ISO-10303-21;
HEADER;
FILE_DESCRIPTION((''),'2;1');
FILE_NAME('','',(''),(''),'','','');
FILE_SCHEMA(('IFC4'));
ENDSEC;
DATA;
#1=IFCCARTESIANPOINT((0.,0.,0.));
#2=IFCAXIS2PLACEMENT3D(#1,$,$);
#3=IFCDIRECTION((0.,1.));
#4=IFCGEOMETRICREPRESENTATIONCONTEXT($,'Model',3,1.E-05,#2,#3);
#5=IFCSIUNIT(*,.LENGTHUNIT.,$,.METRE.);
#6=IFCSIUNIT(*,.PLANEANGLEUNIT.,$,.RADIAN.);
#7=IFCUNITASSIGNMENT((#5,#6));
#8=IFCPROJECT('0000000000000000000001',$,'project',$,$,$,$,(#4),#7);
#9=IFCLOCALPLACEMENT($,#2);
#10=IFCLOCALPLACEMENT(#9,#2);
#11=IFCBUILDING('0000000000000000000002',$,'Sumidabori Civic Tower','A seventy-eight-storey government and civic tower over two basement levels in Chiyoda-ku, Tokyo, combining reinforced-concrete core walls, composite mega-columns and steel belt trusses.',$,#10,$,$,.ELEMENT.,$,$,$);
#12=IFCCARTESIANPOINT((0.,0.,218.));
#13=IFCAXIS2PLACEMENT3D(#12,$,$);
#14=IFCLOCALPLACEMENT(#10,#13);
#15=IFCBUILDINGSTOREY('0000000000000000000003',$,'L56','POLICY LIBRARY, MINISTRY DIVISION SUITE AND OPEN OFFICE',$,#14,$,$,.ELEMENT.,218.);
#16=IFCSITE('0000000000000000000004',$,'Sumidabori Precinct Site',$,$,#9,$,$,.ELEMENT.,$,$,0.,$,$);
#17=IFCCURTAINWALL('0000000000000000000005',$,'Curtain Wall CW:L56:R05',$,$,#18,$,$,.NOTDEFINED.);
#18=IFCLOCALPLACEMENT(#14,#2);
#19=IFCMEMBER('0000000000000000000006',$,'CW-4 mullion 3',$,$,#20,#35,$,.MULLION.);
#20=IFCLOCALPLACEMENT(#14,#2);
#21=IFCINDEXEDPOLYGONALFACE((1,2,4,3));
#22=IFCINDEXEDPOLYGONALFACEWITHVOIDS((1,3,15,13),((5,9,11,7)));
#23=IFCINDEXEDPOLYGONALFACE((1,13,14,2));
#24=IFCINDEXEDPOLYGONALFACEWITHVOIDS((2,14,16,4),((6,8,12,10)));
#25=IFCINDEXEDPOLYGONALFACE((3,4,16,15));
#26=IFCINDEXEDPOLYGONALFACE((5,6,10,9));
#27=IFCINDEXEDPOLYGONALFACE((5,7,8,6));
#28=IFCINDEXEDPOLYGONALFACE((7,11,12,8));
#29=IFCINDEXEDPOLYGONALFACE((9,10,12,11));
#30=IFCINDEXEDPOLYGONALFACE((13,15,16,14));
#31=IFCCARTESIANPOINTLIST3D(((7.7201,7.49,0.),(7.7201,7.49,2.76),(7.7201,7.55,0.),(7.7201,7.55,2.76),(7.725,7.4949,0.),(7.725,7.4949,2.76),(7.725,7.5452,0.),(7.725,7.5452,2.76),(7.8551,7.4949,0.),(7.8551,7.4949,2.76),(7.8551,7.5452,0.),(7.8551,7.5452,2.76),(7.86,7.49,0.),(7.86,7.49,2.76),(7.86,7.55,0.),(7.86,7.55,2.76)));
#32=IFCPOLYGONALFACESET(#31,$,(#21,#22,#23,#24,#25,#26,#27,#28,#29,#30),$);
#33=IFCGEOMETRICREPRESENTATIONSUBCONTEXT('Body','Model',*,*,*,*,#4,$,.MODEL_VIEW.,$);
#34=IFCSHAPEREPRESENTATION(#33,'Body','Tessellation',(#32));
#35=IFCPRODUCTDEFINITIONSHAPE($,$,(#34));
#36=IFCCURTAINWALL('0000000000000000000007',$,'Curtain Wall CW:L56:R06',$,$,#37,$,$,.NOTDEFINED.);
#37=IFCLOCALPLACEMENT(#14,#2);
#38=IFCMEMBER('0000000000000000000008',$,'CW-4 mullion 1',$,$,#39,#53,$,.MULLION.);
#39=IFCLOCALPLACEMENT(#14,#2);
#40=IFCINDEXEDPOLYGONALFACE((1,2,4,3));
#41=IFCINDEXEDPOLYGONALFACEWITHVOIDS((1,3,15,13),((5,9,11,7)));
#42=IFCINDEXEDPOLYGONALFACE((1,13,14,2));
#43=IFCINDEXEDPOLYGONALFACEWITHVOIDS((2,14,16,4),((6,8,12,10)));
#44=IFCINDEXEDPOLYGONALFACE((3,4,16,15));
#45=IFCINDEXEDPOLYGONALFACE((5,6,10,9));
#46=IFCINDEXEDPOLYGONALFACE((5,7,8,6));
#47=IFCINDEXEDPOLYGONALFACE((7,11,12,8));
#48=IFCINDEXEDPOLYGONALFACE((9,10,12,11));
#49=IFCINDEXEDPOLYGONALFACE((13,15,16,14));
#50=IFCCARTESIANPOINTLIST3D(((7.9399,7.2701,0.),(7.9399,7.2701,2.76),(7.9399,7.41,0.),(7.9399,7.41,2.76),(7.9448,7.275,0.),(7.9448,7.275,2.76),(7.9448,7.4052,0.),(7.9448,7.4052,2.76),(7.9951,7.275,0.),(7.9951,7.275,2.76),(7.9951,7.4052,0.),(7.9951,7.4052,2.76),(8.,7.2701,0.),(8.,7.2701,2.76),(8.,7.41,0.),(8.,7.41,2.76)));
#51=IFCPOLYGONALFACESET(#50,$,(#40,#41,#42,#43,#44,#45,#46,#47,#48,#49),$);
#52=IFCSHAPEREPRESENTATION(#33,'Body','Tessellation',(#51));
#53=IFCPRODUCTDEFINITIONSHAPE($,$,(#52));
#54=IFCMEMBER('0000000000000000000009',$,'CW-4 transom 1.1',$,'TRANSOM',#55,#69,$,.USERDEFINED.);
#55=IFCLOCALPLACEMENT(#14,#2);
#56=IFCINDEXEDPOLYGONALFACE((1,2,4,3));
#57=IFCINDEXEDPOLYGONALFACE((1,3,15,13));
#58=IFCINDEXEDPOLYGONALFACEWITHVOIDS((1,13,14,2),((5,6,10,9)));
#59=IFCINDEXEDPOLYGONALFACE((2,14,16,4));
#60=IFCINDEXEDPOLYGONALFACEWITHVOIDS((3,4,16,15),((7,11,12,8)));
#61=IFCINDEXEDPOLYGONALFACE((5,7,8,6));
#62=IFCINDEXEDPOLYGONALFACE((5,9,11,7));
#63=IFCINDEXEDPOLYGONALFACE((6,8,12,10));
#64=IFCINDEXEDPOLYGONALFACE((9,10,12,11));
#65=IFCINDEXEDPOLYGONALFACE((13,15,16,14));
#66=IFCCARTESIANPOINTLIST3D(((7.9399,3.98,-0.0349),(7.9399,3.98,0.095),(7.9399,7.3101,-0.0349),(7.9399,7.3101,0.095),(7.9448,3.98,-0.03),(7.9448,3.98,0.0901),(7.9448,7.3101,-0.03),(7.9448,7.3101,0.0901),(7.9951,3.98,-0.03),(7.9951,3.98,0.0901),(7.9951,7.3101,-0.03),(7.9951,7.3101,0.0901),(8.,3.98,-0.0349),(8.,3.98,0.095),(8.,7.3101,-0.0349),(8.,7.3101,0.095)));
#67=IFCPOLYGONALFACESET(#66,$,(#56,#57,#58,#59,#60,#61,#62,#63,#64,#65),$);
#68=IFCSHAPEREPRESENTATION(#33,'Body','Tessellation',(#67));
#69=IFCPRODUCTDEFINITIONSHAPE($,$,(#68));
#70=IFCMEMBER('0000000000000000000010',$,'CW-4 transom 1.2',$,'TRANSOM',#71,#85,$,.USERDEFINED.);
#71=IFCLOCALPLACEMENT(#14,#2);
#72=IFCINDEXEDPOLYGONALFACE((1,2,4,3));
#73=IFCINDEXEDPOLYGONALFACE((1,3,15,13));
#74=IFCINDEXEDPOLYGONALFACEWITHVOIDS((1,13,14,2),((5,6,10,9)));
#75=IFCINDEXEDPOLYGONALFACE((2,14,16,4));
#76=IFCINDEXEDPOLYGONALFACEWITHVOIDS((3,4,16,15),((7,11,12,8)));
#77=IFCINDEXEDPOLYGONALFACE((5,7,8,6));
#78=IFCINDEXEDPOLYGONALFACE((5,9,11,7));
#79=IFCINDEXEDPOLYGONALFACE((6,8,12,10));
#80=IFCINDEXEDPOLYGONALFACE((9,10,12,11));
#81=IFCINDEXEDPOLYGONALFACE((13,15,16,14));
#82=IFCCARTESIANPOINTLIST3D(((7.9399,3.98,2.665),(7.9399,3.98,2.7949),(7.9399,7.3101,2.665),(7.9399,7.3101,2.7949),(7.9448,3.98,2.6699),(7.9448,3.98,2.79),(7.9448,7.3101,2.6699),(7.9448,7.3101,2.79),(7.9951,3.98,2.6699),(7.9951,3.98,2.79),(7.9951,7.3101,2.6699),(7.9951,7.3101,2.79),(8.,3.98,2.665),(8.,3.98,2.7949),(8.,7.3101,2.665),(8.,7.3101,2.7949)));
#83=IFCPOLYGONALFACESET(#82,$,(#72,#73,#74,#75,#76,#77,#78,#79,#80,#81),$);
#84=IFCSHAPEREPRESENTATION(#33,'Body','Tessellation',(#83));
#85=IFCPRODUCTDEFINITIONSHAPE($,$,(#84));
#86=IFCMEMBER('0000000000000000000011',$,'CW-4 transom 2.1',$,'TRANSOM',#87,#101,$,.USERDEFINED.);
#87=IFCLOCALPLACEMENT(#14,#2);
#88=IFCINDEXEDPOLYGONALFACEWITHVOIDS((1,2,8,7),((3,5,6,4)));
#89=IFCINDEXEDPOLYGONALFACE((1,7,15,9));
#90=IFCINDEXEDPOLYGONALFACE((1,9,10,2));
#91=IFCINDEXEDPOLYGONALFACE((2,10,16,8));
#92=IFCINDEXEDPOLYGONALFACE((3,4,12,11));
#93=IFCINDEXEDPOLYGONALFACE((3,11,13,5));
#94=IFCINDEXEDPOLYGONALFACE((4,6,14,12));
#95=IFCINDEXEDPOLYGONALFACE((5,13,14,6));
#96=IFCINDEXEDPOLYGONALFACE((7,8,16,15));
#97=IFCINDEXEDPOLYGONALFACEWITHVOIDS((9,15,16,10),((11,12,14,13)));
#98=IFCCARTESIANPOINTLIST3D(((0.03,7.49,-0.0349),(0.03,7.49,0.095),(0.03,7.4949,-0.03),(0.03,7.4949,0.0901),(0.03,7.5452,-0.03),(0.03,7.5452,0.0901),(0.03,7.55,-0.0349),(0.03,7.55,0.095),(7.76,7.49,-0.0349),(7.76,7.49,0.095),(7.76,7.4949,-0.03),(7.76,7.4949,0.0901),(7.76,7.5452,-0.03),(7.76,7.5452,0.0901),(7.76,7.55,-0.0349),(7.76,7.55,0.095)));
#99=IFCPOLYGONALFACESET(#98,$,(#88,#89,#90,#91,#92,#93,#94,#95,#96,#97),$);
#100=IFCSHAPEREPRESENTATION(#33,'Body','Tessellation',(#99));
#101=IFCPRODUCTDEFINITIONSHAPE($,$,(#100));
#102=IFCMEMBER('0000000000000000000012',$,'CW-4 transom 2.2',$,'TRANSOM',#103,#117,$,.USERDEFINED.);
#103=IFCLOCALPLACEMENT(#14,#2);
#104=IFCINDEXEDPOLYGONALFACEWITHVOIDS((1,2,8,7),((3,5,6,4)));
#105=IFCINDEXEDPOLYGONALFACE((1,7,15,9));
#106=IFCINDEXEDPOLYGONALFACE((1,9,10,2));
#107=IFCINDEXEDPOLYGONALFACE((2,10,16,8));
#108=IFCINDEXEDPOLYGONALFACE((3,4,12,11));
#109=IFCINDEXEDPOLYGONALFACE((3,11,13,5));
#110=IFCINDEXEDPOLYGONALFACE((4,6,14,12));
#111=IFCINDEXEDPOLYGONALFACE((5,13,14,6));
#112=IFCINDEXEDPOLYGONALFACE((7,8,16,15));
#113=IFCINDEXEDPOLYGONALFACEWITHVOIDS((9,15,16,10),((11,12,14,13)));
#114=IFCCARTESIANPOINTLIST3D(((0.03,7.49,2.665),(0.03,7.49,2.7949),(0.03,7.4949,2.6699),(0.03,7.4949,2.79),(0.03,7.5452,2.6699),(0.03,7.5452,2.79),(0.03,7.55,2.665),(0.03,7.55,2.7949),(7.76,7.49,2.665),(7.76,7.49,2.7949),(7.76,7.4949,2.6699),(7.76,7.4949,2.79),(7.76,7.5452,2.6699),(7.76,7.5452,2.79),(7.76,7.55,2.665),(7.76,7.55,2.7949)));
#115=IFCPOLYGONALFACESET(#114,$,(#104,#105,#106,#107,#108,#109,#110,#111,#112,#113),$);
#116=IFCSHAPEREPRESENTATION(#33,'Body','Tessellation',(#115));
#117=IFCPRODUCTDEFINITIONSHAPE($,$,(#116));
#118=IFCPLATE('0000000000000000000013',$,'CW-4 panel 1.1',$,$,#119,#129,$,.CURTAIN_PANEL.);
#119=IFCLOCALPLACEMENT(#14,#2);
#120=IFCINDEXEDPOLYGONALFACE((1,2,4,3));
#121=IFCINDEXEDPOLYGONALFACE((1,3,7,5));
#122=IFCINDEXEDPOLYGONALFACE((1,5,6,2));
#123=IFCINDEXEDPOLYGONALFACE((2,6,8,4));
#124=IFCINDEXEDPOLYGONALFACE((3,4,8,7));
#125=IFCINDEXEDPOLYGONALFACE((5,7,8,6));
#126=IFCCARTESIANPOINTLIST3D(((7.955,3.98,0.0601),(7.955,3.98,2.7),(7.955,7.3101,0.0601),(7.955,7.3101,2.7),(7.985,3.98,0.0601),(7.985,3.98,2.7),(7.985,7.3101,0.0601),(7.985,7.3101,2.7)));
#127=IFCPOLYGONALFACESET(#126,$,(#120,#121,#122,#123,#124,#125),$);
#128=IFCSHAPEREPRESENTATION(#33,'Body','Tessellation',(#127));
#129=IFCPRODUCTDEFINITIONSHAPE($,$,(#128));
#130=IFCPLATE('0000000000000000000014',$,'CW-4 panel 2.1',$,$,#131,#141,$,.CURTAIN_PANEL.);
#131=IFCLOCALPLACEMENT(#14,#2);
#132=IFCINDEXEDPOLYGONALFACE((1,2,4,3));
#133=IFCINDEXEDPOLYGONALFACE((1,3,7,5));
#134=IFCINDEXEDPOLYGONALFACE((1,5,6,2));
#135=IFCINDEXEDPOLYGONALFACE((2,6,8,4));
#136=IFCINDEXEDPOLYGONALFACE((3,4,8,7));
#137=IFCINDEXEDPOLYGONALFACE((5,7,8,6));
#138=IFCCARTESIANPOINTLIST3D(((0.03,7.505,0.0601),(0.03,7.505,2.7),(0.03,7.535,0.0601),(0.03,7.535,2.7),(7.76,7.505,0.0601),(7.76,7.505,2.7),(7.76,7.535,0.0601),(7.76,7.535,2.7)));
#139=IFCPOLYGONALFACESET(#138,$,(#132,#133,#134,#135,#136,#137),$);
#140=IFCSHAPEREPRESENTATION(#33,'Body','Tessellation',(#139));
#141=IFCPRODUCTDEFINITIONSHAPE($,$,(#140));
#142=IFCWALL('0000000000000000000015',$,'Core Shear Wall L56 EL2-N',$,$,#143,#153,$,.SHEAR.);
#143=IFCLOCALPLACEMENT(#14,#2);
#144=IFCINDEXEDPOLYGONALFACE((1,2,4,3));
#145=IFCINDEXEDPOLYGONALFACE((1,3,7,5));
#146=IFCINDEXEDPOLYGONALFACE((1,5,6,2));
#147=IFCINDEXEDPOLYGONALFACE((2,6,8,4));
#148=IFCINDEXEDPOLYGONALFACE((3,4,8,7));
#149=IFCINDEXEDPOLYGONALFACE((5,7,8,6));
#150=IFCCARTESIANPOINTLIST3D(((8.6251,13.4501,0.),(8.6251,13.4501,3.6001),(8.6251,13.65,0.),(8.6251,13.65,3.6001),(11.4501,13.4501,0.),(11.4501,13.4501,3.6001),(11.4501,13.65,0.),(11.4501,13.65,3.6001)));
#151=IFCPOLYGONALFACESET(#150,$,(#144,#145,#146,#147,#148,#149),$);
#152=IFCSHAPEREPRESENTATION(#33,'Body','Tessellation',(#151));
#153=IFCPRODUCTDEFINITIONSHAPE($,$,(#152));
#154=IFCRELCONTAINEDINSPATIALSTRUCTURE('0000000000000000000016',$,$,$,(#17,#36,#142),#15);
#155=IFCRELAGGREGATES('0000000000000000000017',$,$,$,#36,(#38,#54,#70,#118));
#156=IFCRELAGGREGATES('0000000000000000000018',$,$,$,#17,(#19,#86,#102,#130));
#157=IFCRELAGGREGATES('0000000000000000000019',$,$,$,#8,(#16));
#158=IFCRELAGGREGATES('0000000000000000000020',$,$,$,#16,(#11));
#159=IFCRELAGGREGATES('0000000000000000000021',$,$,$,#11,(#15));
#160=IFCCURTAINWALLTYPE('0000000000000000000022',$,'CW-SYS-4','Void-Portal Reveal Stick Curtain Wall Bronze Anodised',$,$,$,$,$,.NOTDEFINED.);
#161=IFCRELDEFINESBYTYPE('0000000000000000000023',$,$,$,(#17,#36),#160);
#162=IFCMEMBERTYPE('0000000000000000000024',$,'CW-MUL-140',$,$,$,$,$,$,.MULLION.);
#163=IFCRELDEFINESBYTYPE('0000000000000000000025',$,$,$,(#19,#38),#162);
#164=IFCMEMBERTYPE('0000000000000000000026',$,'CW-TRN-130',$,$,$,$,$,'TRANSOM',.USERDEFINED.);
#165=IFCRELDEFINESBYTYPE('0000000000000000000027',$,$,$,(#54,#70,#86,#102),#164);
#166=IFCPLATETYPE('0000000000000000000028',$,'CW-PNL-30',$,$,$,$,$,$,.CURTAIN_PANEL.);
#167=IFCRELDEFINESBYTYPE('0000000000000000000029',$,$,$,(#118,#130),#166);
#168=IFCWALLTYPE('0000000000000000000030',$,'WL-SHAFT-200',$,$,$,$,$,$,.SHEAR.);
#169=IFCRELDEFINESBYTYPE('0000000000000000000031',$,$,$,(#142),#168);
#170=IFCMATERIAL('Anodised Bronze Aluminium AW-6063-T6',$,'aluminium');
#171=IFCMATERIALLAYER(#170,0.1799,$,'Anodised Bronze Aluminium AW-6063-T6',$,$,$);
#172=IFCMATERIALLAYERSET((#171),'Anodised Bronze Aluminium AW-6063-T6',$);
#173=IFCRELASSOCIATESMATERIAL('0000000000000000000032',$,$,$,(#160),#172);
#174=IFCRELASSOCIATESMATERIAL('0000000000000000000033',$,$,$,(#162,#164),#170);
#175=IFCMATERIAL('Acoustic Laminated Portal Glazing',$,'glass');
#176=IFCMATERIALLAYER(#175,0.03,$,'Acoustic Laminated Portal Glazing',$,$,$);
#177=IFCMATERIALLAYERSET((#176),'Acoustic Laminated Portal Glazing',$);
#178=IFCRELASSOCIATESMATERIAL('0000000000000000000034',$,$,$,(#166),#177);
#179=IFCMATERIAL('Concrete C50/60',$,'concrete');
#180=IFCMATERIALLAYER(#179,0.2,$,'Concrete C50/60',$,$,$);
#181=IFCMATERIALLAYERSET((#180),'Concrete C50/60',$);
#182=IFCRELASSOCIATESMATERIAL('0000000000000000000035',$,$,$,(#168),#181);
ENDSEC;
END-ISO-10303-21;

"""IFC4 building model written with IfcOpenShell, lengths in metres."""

from ifc_helpers import new_model, si_unit, direction, frame, frame_2d, origin, origin_2d, place, context, subcontext, project, spatial, rectangle, hollow_rectangle, extrude, source, transform, mapped, material, layer, layer_set, material_profile, profile_set, type_object, element, aggregate, save


model = new_model("IFC4")

# Units and contexts
model_context = context("Model", 3, precision=1e-05, world=origin(), true_north=direction((0.0, 1.0)))
body_context = subcontext(model_context, "Body", "Model", "MODEL_VIEW")
ifc_project = project(units=[si_unit("LENGTHUNIT", "METRE"), si_unit("PLANEANGLEUNIT", "RADIAN")], contexts=[model_context])

# Site, building, storey
site_placement = place(None, origin())
site = spatial("IfcSite", under=ifc_project, at=site_placement, Name="Sumidabori Precinct Site", CompositionType="ELEMENT", RefElevation=0.0)
building_placement = place(site_placement, origin())
building = spatial("IfcBuilding", under=site, at=building_placement, Name="Sumidabori Civic Tower", Description="A seventy-eight-storey government and civic tower over two basement levels in Chiyoda-ku, Tokyo, combining reinforced-concrete core walls, composite mega-columns and steel belt trusses.", CompositionType="ELEMENT")
storey_placement = place(building_placement, frame((0.0, 0.0, 218.0)))
storey = spatial("IfcBuildingStorey", under=building, at=storey_placement, Name="L56", Description="POLICY LIBRARY, MINISTRY DIVISION SUITE AND OPEN OFFICE", CompositionType="ELEMENT", Elevation=218.0)

# Curtain wall, member
ifc_material_1 = material(Name="Anodised Bronze Aluminium AW-6063-T6", Category="aluminium")
ifc_layer_1 = layer(ifc_material_1, 0.1799, Name="Anodised Bronze Aluminium AW-6063-T6")
ifc_layer_set_1 = layer_set([ifc_layer_1], Name="Anodised Bronze Aluminium AW-6063-T6")
curtain_wall_type = type_object("IfcCurtainWallType", Name="CW-SYS-4", Description="Void-Portal Reveal Stick Curtain Wall Bronze Anodised", PredefinedType="NOTDEFINED", material=ifc_layer_set_1)
curtain_wall_1_placement = place(storey_placement, origin())
curtain_wall_1 = element("IfcCurtainWall", 1, at=curtain_wall_1_placement, inside=storey, type_object=curtain_wall_type, Name="Curtain Wall CW:L56:R05", PredefinedType="NOTDEFINED")
ifc_material_profile_1 = material_profile(ifc_material_1, hollow_rectangle(XDim=0.0601, YDim=0.1399, WallThickness=0.0049, at=origin_2d()), Name="ALU MULLION 140x60")
ifc_profile_set_1 = profile_set([ifc_material_profile_1], Name="Anodised Bronze Aluminium AW-6063-T6")
member_type_1 = type_object("IfcMemberType", Name="CW-MUL-140", PredefinedType="MULLION", material=ifc_profile_set_1)
shared_shape_1 = source(origin(), body_context, "Body", "SweptSolid", [
    extrude(hollow_rectangle(XDim=0.0601, YDim=0.1399, WallThickness=0.0049, at=origin_2d()), origin(), (0.0, 0.0, 1.0), 2.76),
])
member_1_placement = place(storey_placement, frame((7.79, 7.52, 0.0), z_axis=(0.0, 0.0, 1.0), x_axis=(0.0, 1.0, 0.0)))
member_1 = element("IfcMember", 2, at=member_1_placement, type_object=member_type_1, Name="CW-4 mullion 3", PredefinedType="MULLION", context=body_context, shape_type="MappedRepresentation", body=[
    mapped(shared_shape_1, transform((0.0, 0.0, 0.0), x_axis=(1.0, 0.0, 0.0), y_axis=(0.0, 1.0, 0.0), z_axis=(0.0, 0.0, 1.0), scale=1.0)),
])

# Curtain wall, members
curtain_wall_2_placement = place(storey_placement, origin())
curtain_wall_2 = element("IfcCurtainWall", 3, at=curtain_wall_2_placement, inside=storey, type_object=curtain_wall_type, Name="Curtain Wall CW:L56:R06", PredefinedType="NOTDEFINED")
member_2_placement = place(storey_placement, frame((7.97, 7.3401, 0.0), z_axis=(0.0, 0.0, 1.0), x_axis=(1.0, 0.0, 0.0)))
member_2 = element("IfcMember", 4, at=member_2_placement, type_object=member_type_1, Name="CW-4 mullion 1", PredefinedType="MULLION", context=body_context, shape_type="MappedRepresentation", body=[
    mapped(shared_shape_1, transform((0.0, 0.0, 0.0), x_axis=(1.0, 0.0, 0.0), y_axis=(0.0, 1.0, 0.0), z_axis=(0.0, 0.0, 1.0), scale=1.0)),
])
ifc_material_profile_2 = material_profile(ifc_material_1, hollow_rectangle(XDim=0.0601, YDim=0.1299, WallThickness=0.0049, at=origin_2d()), Name="ALU TRANSOM 130x60")
ifc_profile_set_2 = profile_set([ifc_material_profile_2], Name="Anodised Bronze Aluminium AW-6063-T6")
member_type_2 = type_object("IfcMemberType", Name="CW-TRN-130", ElementType="TRANSOM", PredefinedType="USERDEFINED", material=ifc_profile_set_2)
shared_shape_2 = source(origin(), body_context, "Body", "SweptSolid", [
    extrude(hollow_rectangle(XDim=0.0601, YDim=0.1299, WallThickness=0.0049, at=origin_2d()), origin(), (0.0, 0.0, 1.0), 3.3301),
])
member_3_placement = place(storey_placement, frame((7.97, 7.3101, 0.03), z_axis=(0.0, -1.0, 0.0), x_axis=(1.0, 0.0, 0.0)))
member_3 = element("IfcMember", 5, at=member_3_placement, type_object=member_type_2, Name="CW-4 transom 1.1", ObjectType="TRANSOM", PredefinedType="USERDEFINED", context=body_context, shape_type="MappedRepresentation", body=[
    mapped(shared_shape_2, transform((0.0, 0.0, 0.0), x_axis=(1.0, 0.0, 0.0), y_axis=(0.0, 1.0, 0.0), z_axis=(0.0, 0.0, 1.0), scale=1.0)),
])
member_4_placement = place(storey_placement, frame((7.97, 7.3101, 2.73), z_axis=(0.0, -1.0, 0.0), x_axis=(1.0, 0.0, 0.0)))
member_4 = element("IfcMember", 6, at=member_4_placement, type_object=member_type_2, Name="CW-4 transom 1.2", ObjectType="TRANSOM", PredefinedType="USERDEFINED", context=body_context, shape_type="MappedRepresentation", body=[
    mapped(shared_shape_2, transform((0.0, 0.0, 0.0), x_axis=(1.0, 0.0, 0.0), y_axis=(0.0, 1.0, 0.0), z_axis=(0.0, 0.0, 1.0), scale=1.0)),
])

# Members
shared_shape_3 = source(origin(), body_context, "Body", "SweptSolid", [
    extrude(hollow_rectangle(XDim=0.0601, YDim=0.1299, WallThickness=0.0049, at=origin_2d()), origin(), (0.0, 0.0, 1.0), 7.73),
])
member_5_placement = place(storey_placement, frame((0.03, 7.52, 0.03), z_axis=(1.0, 0.0, 0.0), x_axis=(0.0, 1.0, 0.0)))
member_5 = element("IfcMember", 7, at=member_5_placement, type_object=member_type_2, Name="CW-4 transom 2.1", ObjectType="TRANSOM", PredefinedType="USERDEFINED", context=body_context, shape_type="MappedRepresentation", body=[
    mapped(shared_shape_3, transform((0.0, 0.0, 0.0), x_axis=(1.0, 0.0, 0.0), y_axis=(0.0, 1.0, 0.0), z_axis=(0.0, 0.0, 1.0), scale=1.0)),
])
member_6_placement = place(storey_placement, frame((0.03, 7.52, 2.73), z_axis=(1.0, 0.0, 0.0), x_axis=(0.0, 1.0, 0.0)))
member_6 = element("IfcMember", 8, at=member_6_placement, type_object=member_type_2, Name="CW-4 transom 2.2", ObjectType="TRANSOM", PredefinedType="USERDEFINED", context=body_context, shape_type="MappedRepresentation", body=[
    mapped(shared_shape_3, transform((0.0, 0.0, 0.0), x_axis=(1.0, 0.0, 0.0), y_axis=(0.0, 1.0, 0.0), z_axis=(0.0, 0.0, 1.0), scale=1.0)),
])

# Plates
ifc_material_2 = material(Name="Acoustic Laminated Portal Glazing", Category="glass")
ifc_layer_2 = layer(ifc_material_2, 0.03, Name="Acoustic Laminated Portal Glazing")
ifc_layer_set_2 = layer_set([ifc_layer_2], Name="Acoustic Laminated Portal Glazing")
plate_type = type_object("IfcPlateType", Name="CW-PNL-30", PredefinedType="CURTAIN_PANEL", material=ifc_layer_set_2)
shared_shape_4 = source(origin(), body_context, "Body", "SweptSolid", [
    extrude(rectangle(XDim=3.3301, YDim=0.03, at=origin_2d()), origin(), (0.0, 0.0, 1.0), 2.6399),
])
plate_1_placement = place(storey_placement, frame((7.97, 5.645, 0.0601), z_axis=(0.0, 0.0, 1.0), x_axis=(0.0, -1.0, 0.0)))
plate_1 = element("IfcPlate", 9, at=plate_1_placement, type_object=plate_type, Name="CW-4 panel 1.1", PredefinedType="CURTAIN_PANEL", context=body_context, shape_type="MappedRepresentation", body=[
    mapped(shared_shape_4, transform((0.0, 0.0, 0.0), x_axis=(1.0, 0.0, 0.0), y_axis=(0.0, 1.0, 0.0), z_axis=(0.0, 0.0, 1.0), scale=1.0)),
])
aggregate(curtain_wall_2, [member_2, member_3, member_4, plate_1])
shared_shape_5 = source(origin(), body_context, "Body", "SweptSolid", [
    extrude(rectangle(XDim=7.73, YDim=0.03, at=origin_2d()), origin(), (0.0, 0.0, 1.0), 2.6399),
])
plate_2_placement = place(storey_placement, frame((3.895, 7.52, 0.0601), z_axis=(0.0, 0.0, 1.0), x_axis=(1.0, 0.0, 0.0)))
plate_2 = element("IfcPlate", 10, at=plate_2_placement, type_object=plate_type, Name="CW-4 panel 2.1", PredefinedType="CURTAIN_PANEL", context=body_context, shape_type="MappedRepresentation", body=[
    mapped(shared_shape_5, transform((0.0, 0.0, 0.0), x_axis=(1.0, 0.0, 0.0), y_axis=(0.0, 1.0, 0.0), z_axis=(0.0, 0.0, 1.0), scale=1.0)),
])
aggregate(curtain_wall_1, [member_1, member_5, member_6, plate_2])

# Wall
ifc_material_3 = material(Name="Concrete C50/60", Category="concrete")
ifc_layer_3 = layer(ifc_material_3, 0.2, Name="Concrete C50/60")
ifc_layer_set_3 = layer_set([ifc_layer_3], Name="Concrete C50/60")
wall_type_1 = type_object("IfcWallType", Name="WL-SHAFT-200", PredefinedType="SHEAR", material=ifc_layer_set_3)
shared_shape_6 = source(origin(), body_context, "Body", "SweptSolid", [
    extrude(rectangle(XDim=2.825, YDim=0.2, at=frame_2d((1.4126, 0.0))), origin(), (0.0, 0.0, 1.0), 3.6001),
])
wall_1_placement = place(storey_placement, frame((8.625, 13.55, 0.0), z_axis=(0.0, 0.0, 1.0), x_axis=(1.0, 0.0, 0.0)))
element("IfcWall", 11, at=wall_1_placement, inside=storey, type_object=wall_type_1, Name="Core Shear Wall L56 EL2-N", PredefinedType="SHEAR", context=body_context, shape_type="MappedRepresentation", body=[
    mapped(shared_shape_6, transform((0.0, 0.0, 0.0), x_axis=(1.0, 0.0, 0.0), y_axis=(0.0, 1.0, 0.0), z_axis=(0.0, 0.0, 1.0), scale=1.0)),
])

save(model, "model.ifc")
